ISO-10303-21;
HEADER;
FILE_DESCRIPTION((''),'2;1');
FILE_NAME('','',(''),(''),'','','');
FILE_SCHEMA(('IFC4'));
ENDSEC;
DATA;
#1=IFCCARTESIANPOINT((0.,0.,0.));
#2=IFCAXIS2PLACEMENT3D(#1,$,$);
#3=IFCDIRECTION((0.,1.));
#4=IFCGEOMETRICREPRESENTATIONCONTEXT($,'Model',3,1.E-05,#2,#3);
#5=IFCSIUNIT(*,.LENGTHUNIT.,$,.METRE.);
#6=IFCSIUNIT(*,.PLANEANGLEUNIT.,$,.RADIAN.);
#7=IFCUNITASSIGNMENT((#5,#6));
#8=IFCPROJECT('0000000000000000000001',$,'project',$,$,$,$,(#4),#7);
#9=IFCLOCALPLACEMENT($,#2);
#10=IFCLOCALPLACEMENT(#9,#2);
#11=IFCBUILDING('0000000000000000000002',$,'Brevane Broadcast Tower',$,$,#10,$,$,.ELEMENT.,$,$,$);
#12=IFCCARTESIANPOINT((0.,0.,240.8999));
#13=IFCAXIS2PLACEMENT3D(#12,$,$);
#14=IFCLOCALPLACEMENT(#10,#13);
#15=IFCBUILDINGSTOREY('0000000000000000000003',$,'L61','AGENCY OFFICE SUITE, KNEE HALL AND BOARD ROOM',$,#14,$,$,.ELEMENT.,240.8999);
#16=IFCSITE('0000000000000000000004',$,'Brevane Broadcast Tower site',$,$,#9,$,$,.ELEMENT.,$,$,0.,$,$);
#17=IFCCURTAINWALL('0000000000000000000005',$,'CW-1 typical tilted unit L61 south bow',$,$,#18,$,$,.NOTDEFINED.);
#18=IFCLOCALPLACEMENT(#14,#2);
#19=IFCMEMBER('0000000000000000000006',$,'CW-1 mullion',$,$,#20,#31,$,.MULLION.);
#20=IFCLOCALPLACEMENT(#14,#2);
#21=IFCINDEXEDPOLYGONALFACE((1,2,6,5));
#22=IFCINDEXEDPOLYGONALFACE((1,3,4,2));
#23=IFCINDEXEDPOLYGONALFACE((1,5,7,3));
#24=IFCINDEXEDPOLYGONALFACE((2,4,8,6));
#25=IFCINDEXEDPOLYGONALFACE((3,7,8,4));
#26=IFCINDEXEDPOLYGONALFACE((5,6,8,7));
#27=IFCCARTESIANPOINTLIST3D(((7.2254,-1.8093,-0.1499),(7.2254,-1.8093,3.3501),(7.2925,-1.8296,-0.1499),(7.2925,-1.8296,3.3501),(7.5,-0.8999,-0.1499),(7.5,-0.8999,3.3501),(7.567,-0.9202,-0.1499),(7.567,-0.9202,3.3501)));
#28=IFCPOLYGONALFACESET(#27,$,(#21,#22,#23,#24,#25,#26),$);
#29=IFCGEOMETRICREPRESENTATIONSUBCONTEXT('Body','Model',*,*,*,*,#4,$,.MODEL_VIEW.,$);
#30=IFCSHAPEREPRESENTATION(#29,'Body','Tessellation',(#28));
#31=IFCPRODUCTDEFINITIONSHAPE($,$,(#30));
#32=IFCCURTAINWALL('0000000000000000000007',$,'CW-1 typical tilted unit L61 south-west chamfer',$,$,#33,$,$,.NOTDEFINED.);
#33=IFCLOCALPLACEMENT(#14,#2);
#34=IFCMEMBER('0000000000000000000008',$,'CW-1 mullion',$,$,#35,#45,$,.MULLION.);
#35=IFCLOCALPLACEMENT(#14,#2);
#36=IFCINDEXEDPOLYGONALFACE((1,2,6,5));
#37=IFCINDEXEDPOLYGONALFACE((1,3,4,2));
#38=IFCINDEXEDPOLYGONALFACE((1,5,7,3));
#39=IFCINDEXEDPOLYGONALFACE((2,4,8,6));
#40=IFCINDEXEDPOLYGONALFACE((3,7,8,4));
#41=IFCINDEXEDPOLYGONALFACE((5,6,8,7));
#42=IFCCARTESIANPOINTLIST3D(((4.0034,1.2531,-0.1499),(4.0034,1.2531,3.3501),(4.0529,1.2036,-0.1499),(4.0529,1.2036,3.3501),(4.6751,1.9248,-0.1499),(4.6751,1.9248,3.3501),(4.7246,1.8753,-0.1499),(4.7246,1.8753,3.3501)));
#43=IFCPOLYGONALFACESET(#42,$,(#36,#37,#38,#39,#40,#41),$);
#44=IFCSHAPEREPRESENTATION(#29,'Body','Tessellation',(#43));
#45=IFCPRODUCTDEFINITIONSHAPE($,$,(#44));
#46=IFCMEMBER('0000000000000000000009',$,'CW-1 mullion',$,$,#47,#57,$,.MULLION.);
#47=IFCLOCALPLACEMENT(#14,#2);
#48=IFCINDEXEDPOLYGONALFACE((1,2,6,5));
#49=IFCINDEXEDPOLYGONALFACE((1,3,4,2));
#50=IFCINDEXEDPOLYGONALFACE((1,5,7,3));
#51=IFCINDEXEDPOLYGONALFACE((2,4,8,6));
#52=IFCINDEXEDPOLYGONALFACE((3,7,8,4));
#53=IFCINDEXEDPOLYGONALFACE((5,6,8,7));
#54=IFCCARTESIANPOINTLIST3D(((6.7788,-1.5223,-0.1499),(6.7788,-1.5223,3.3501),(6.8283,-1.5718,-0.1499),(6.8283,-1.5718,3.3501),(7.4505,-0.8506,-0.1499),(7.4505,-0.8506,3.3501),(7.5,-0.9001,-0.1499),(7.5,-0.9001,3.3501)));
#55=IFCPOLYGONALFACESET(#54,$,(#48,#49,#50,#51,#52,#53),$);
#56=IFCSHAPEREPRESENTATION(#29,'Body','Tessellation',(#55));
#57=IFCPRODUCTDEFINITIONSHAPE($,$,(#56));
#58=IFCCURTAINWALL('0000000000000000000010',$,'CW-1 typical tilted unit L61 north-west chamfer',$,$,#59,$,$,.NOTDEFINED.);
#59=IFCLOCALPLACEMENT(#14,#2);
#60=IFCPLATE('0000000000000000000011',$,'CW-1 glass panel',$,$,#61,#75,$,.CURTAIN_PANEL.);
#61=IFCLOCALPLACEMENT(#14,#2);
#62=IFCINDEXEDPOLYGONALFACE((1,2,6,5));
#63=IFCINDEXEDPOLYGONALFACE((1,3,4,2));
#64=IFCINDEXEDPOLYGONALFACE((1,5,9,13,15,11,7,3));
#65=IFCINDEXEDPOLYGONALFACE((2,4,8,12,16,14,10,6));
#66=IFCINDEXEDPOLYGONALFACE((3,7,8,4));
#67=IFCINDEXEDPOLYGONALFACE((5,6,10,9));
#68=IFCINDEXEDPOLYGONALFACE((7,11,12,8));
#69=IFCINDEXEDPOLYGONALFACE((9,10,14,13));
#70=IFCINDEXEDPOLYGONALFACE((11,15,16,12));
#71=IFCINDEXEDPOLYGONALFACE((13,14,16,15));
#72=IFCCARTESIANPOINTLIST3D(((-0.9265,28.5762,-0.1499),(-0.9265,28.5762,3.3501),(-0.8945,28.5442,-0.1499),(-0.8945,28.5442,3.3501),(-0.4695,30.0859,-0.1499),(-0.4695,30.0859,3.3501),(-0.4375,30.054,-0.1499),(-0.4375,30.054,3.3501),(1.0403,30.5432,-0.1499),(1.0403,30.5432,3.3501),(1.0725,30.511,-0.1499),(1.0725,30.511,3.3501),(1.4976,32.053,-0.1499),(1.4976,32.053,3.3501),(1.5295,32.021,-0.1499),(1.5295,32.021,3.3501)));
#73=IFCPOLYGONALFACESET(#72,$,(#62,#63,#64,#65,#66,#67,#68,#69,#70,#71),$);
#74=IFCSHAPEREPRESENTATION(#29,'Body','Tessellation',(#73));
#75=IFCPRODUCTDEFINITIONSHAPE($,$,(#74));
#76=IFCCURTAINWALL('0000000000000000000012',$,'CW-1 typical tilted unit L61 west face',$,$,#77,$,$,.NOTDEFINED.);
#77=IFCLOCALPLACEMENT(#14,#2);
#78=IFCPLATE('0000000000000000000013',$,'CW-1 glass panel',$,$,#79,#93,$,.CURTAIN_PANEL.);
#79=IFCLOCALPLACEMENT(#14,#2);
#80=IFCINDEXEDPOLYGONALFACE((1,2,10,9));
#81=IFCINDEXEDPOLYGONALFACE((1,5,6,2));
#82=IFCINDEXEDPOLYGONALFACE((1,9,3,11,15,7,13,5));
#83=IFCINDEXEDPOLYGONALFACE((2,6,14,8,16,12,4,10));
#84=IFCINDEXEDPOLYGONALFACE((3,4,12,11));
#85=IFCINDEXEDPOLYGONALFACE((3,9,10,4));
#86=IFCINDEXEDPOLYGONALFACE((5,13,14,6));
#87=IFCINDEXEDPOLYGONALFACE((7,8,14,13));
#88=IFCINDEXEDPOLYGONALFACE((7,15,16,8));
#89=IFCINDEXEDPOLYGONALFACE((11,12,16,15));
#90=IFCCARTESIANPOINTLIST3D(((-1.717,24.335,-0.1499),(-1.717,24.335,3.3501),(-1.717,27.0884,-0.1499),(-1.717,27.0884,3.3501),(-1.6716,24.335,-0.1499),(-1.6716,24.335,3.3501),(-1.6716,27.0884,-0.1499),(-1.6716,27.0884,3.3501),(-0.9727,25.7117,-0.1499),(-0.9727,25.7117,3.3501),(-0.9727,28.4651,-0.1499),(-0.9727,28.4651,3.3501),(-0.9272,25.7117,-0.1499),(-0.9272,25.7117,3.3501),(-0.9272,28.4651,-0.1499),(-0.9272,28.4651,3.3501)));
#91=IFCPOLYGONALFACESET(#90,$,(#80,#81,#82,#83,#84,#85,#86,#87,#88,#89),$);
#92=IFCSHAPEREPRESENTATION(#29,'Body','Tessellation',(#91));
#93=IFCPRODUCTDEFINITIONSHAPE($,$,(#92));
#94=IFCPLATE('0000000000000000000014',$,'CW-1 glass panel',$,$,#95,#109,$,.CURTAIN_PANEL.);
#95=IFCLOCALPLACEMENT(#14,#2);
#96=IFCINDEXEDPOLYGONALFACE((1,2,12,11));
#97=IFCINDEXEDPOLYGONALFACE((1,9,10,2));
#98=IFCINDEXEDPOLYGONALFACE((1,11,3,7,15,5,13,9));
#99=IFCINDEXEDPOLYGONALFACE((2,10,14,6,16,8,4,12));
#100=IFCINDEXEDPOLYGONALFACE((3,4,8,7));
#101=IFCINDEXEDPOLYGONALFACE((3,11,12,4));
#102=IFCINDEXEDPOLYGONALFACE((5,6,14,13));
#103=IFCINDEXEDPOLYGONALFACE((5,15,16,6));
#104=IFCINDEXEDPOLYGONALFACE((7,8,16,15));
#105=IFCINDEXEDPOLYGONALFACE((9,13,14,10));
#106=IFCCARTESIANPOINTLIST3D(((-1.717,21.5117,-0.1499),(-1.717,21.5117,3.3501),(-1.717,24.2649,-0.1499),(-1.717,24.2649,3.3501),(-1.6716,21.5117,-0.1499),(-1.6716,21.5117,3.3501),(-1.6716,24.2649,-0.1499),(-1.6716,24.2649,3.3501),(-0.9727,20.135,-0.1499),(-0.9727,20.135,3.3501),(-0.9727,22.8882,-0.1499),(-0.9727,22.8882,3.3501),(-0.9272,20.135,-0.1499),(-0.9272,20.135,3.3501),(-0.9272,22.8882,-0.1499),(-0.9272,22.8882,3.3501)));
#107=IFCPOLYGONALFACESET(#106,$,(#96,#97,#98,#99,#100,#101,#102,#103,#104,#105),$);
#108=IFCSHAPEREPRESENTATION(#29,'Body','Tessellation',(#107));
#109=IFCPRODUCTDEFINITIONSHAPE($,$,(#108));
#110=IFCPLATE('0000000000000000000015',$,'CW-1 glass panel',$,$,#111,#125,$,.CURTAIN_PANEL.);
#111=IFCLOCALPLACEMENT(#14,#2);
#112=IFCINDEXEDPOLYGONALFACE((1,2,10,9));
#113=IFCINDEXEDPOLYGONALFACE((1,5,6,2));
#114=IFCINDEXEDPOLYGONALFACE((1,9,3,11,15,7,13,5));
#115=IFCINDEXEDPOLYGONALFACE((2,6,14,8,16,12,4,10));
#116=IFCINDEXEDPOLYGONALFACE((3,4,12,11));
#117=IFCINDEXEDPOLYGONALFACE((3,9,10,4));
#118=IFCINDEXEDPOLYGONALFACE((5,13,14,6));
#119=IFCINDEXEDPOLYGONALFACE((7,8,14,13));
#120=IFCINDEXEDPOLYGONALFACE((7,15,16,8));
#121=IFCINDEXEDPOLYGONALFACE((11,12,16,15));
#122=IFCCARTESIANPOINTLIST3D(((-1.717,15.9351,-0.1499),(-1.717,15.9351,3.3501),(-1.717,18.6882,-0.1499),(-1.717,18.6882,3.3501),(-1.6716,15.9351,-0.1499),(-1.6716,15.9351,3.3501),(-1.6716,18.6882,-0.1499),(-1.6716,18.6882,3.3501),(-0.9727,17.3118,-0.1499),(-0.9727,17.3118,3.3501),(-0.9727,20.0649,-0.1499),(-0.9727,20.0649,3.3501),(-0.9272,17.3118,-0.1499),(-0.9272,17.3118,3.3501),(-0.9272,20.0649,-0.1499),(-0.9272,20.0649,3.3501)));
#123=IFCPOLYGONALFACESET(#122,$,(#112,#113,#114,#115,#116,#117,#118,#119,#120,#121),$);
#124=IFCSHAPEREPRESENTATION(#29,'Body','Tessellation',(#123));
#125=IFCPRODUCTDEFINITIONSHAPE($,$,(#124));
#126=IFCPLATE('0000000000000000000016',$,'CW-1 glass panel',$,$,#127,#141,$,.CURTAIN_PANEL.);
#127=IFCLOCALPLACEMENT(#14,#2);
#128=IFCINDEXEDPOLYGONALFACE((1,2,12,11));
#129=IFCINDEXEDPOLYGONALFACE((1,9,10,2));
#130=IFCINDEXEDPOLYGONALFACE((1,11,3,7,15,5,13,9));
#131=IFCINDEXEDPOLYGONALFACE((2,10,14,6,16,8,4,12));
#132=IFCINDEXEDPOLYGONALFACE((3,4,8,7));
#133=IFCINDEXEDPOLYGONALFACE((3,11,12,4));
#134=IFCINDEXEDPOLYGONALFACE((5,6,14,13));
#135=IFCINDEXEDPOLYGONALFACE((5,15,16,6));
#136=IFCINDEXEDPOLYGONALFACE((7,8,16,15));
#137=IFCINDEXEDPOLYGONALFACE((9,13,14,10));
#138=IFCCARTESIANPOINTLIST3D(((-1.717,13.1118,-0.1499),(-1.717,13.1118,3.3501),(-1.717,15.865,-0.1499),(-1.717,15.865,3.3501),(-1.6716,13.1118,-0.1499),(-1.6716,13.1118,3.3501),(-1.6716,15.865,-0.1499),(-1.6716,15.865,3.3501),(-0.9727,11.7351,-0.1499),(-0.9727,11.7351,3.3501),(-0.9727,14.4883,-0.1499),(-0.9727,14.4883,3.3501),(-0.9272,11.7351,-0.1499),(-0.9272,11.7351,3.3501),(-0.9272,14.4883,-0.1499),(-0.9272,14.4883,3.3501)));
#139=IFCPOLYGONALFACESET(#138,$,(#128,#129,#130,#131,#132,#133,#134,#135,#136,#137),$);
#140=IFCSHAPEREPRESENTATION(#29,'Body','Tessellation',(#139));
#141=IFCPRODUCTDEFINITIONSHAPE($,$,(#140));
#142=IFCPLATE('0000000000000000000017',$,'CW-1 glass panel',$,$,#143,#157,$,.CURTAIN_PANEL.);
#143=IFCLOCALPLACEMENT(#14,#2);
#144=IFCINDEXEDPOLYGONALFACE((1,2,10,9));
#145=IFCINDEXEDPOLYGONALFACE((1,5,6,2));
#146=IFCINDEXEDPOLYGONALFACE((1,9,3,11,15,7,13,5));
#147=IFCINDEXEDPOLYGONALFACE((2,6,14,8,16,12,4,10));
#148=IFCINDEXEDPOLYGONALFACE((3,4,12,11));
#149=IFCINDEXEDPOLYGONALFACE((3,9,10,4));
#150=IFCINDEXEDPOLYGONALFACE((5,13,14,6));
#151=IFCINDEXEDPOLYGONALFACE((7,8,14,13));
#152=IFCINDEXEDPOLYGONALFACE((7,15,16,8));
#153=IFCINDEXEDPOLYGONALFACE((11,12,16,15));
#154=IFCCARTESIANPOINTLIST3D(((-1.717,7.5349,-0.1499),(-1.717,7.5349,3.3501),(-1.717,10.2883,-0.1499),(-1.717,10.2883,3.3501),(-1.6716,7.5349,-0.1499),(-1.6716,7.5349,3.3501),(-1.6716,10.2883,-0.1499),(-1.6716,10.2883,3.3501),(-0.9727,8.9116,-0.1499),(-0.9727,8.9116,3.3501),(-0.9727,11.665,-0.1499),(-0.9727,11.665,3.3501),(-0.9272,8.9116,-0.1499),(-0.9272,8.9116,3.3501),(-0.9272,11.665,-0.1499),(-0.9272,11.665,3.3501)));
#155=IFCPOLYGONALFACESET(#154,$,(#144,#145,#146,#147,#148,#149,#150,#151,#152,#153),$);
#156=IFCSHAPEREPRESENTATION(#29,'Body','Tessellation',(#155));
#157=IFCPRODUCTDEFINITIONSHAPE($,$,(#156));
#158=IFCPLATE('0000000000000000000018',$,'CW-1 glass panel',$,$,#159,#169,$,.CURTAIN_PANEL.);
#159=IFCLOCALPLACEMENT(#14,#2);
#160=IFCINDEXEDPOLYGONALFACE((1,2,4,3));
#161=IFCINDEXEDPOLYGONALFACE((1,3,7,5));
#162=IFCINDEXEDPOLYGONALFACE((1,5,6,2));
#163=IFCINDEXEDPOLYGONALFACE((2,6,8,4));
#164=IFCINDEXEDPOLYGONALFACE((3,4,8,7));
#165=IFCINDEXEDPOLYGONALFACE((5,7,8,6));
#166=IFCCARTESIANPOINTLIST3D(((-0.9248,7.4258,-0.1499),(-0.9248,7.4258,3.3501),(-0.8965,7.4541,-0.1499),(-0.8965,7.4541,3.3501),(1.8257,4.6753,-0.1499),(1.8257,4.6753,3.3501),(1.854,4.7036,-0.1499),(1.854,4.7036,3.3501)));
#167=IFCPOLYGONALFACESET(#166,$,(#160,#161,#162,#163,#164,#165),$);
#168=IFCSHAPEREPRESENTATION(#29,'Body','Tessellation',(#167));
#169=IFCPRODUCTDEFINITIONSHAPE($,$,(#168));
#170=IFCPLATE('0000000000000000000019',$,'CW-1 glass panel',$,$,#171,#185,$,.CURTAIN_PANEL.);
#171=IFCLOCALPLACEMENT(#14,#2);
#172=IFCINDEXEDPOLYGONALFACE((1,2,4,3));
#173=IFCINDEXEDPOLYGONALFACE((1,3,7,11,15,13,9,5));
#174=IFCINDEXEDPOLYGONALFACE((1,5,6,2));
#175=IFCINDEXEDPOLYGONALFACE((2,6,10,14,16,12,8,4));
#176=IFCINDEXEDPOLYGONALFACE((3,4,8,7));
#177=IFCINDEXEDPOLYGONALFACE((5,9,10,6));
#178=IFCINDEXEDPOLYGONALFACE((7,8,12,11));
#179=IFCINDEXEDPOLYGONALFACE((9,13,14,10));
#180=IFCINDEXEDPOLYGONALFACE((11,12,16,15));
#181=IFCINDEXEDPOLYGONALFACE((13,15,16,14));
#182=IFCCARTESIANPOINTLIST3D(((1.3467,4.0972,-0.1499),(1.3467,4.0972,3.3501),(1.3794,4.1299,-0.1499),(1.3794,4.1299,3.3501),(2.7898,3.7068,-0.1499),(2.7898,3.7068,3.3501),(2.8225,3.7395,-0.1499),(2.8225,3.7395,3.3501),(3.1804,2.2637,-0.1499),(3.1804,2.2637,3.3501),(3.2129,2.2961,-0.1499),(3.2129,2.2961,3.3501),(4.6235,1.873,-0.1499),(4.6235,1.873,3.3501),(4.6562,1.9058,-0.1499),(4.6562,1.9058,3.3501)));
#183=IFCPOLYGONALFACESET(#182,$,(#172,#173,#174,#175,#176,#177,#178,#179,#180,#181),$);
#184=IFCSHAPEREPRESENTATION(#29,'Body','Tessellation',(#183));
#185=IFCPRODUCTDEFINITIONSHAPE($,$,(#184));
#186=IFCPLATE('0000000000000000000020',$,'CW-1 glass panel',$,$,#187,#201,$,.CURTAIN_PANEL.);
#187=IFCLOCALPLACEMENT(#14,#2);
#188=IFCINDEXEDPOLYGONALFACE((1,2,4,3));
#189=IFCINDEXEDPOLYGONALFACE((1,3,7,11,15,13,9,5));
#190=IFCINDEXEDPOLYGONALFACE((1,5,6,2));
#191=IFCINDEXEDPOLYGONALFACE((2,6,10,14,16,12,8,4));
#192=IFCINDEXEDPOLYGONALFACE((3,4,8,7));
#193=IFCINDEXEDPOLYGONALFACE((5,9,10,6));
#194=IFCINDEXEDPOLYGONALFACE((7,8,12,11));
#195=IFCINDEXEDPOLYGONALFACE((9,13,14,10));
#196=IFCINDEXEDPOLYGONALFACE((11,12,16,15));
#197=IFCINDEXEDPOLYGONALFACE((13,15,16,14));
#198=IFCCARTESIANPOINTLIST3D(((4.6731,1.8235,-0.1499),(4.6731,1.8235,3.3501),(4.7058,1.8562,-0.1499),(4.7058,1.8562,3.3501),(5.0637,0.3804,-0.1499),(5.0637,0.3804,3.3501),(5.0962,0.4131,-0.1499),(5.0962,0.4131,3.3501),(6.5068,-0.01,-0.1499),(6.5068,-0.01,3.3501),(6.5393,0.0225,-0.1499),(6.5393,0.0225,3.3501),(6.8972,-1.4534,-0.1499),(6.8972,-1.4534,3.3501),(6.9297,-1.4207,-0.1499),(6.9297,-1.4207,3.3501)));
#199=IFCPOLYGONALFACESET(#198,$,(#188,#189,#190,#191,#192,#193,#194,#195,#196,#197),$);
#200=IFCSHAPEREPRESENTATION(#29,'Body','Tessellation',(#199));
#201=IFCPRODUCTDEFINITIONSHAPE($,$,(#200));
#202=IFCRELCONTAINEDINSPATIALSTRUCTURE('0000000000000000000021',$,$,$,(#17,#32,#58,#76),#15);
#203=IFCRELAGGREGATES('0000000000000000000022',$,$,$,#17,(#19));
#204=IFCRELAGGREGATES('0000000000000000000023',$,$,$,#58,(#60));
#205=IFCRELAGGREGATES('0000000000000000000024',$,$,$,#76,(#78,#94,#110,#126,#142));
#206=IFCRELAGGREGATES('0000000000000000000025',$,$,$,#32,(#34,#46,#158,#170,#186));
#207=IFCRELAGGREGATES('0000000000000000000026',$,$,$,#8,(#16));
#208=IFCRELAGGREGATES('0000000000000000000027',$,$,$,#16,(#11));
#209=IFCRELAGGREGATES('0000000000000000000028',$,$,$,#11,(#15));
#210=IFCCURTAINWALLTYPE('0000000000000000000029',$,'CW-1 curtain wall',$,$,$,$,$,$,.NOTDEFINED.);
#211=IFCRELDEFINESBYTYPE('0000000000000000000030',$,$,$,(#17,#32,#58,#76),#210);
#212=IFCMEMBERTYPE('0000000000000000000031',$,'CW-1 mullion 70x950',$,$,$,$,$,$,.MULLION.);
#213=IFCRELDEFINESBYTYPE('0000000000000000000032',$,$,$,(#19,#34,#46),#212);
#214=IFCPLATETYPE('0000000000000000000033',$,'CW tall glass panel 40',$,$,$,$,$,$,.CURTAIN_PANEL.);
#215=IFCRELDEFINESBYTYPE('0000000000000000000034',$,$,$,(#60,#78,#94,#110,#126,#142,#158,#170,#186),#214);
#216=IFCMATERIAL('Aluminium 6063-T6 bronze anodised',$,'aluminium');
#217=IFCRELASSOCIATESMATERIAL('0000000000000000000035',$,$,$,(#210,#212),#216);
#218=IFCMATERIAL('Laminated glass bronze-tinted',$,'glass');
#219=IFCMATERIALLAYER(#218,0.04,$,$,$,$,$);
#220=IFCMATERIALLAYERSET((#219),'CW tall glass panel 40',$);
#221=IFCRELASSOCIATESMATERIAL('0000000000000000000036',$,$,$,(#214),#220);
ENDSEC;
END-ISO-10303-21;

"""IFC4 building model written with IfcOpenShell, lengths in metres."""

from ifc_helpers import new_model, si_unit, direction, frame, origin, origin_2d, place, context, subcontext, project, spatial, polyline, rectangle, outline, extrude, material, layer, layer_set, material_profile, profile_set, type_object, element, aggregate, save


model = new_model("IFC4")

# Units and contexts
model_context = context("Model", 3, precision=1e-05, world=origin(), true_north=direction((0.0, 1.0)))
body_context = subcontext(model_context, "Body", "Model", "MODEL_VIEW")
ifc_project = project(units=[si_unit("LENGTHUNIT", "METRE"), si_unit("PLANEANGLEUNIT", "RADIAN")], contexts=[model_context])

# Site, building, storey
site_placement = place(None, origin())
site = spatial("IfcSite", under=ifc_project, at=site_placement, Name="Brevane Broadcast Tower site", CompositionType="ELEMENT", RefElevation=0.0)
building_placement = place(site_placement, origin())
building = spatial("IfcBuilding", under=site, at=building_placement, Name="Brevane Broadcast Tower", CompositionType="ELEMENT")
storey_placement = place(building_placement, frame((0.0, 0.0, 240.8999)))
storey = spatial("IfcBuildingStorey", under=building, at=storey_placement, Name="L61", Description="AGENCY OFFICE SUITE, KNEE HALL AND BOARD ROOM", CompositionType="ELEMENT", Elevation=240.8999)

# Curtain wall, member
ifc_material_1 = material(Name="Aluminium 6063-T6 bronze anodised", Category="aluminium")
curtain_wall_type = type_object("IfcCurtainWallType", Name="CW-1 curtain wall", PredefinedType="NOTDEFINED", material=ifc_material_1)
curtain_wall_1_placement = place(storey_placement, origin())
curtain_wall_1 = element("IfcCurtainWall", 1, at=curtain_wall_1_placement, inside=storey, type_object=curtain_wall_type, Name="CW-1 typical tilted unit L61 south bow", PredefinedType="NOTDEFINED")
ifc_material_profile = material_profile(ifc_material_1, rectangle(XDim=0.95, YDim=0.0701, at=origin_2d()), Name="RECT 70x950")
ifc_profile_set = profile_set([ifc_material_profile], Name="Aluminium 6063-T6 bronze anodised")
member_type = type_object("IfcMemberType", Name="CW-1 mullion 70x950", PredefinedType="MULLION", material=ifc_profile_set)
member_1_placement = place(storey_placement, frame((7.3962, -1.3647, -0.1499), z_axis=(0.0, 0.0, 1.0), x_axis=(0.288968, 0.957339, 0.0)))
member_1 = element("IfcMember", 2, at=member_1_placement, type_object=member_type, Name="CW-1 mullion", PredefinedType="MULLION", context=body_context, shape_type="SweptSolid", body=[
    extrude(rectangle(XDim=0.95, YDim=0.0701, at=origin_2d()), origin(), (0.0, 0.0, 1.0), 3.5),
])
aggregate(curtain_wall_1, [member_1])

# Curtain wall, members
curtain_wall_2_placement = place(storey_placement, origin())
curtain_wall_2 = element("IfcCurtainWall", 3, at=curtain_wall_2_placement, inside=storey, type_object=curtain_wall_type, Name="CW-1 typical tilted unit L61 south-west chamfer", PredefinedType="NOTDEFINED")
member_2_placement = place(storey_placement, frame((4.364, 1.5642, -0.1499), z_axis=(0.0, 0.0, 1.0), x_axis=(0.707107, 0.707107, 0.0)))
member_2 = element("IfcMember", 4, at=member_2_placement, type_object=member_type, Name="CW-1 mullion", PredefinedType="MULLION", context=body_context, shape_type="SweptSolid", body=[
    extrude(rectangle(XDim=0.95, YDim=0.0701, at=origin_2d()), origin(), (0.0, 0.0, 1.0), 3.5),
])
member_3_placement = place(storey_placement, frame((7.1394, -1.2112, -0.1499), z_axis=(0.0, 0.0, 1.0), x_axis=(0.707107, 0.707107, 0.0)))
member_3 = element("IfcMember", 5, at=member_3_placement, type_object=member_type, Name="CW-1 mullion", PredefinedType="MULLION", context=body_context, shape_type="SweptSolid", body=[
    extrude(rectangle(XDim=0.95, YDim=0.0701, at=origin_2d()), origin(), (0.0, 0.0, 1.0), 3.5),
])

# Curtain wall, plate
curtain_wall_3_placement = place(storey_placement, origin())
curtain_wall_3 = element("IfcCurtainWall", 6, at=curtain_wall_3_placement, inside=storey, type_object=curtain_wall_type, Name="CW-1 typical tilted unit L61 north-west chamfer", PredefinedType="NOTDEFINED")
ifc_material_2 = material(Name="Laminated glass bronze-tinted", Category="glass")
ifc_layer_1 = layer(ifc_material_2, 0.04)
ifc_layer_set_1 = layer_set([ifc_layer_1], Name="CW tall glass panel 40")
plate_type = type_object("IfcPlateType", Name="CW tall glass panel 40", PredefinedType="CURTAIN_PANEL", material=ifc_layer_set_1)
plate_1_placement = place(storey_placement, frame((0.0, 0.0, -0.1499)))
plate_1 = element("IfcPlate", 7, at=plate_1_placement, type_object=plate_type, Name="CW-1 glass panel", PredefinedType="CURTAIN_PANEL", context=body_context, shape_type="SweptSolid", body=[
    extrude(outline(polyline([(1.5295, 32.021), (1.4976, 32.053), (1.0403, 30.5432), (-0.4695, 30.0859), (-0.9265, 28.5762), (-0.8945, 28.5442), (-0.4375, 30.054), (1.0725, 30.511), (1.5295, 32.021)])), origin(), (0.0, 0.0, 1.0), 3.5),
])
aggregate(curtain_wall_3, [plate_1])

# Curtain wall, plates
curtain_wall_4_placement = place(storey_placement, origin())
curtain_wall_4 = element("IfcCurtainWall", 8, at=curtain_wall_4_placement, inside=storey, type_object=curtain_wall_type, Name="CW-1 typical tilted unit L61 west face", PredefinedType="NOTDEFINED")
plate_2_placement = place(storey_placement, frame((0.0, 0.0, -0.1499)))
plate_2 = element("IfcPlate", 9, at=plate_2_placement, type_object=plate_type, Name="CW-1 glass panel", PredefinedType="CURTAIN_PANEL", context=body_context, shape_type="SweptSolid", body=[
    extrude(outline(polyline([(-0.9272, 28.4651), (-0.9727, 28.4651), (-1.717, 27.0884), (-0.9727, 25.7117), (-1.717, 24.335), (-1.6716, 24.335), (-0.9272, 25.7117), (-1.6716, 27.0884), (-0.9272, 28.4651)])), origin(), (0.0, 0.0, 1.0), 3.5),
])
plate_3_placement = place(storey_placement, frame((0.0, 0.0, -0.1499)))
plate_3 = element("IfcPlate", 10, at=plate_3_placement, type_object=plate_type, Name="CW-1 glass panel", PredefinedType="CURTAIN_PANEL", context=body_context, shape_type="SweptSolid", body=[
    extrude(outline(polyline([(-1.6716, 24.2649), (-1.717, 24.2649), (-0.9727, 22.8882), (-1.717, 21.5117), (-0.9727, 20.135), (-0.9272, 20.135), (-1.6716, 21.5117), (-0.9272, 22.8882), (-1.6716, 24.2649)])), origin(), (0.0, 0.0, 1.0), 3.5),
])
plate_4_placement = place(storey_placement, frame((0.0, 0.0, -0.1499)))
plate_4 = element("IfcPlate", 11, at=plate_4_placement, type_object=plate_type, Name="CW-1 glass panel", PredefinedType="CURTAIN_PANEL", context=body_context, shape_type="SweptSolid", body=[
    extrude(outline(polyline([(-0.9272, 20.0649), (-0.9727, 20.0649), (-1.717, 18.6882), (-0.9727, 17.3118), (-1.717, 15.9351), (-1.6716, 15.9351), (-0.9272, 17.3118), (-1.6716, 18.6882), (-0.9272, 20.0649)])), origin(), (0.0, 0.0, 1.0), 3.5),
])
plate_5_placement = place(storey_placement, frame((0.0, 0.0, -0.1499)))
plate_5 = element("IfcPlate", 12, at=plate_5_placement, type_object=plate_type, Name="CW-1 glass panel", PredefinedType="CURTAIN_PANEL", context=body_context, shape_type="SweptSolid", body=[
    extrude(outline(polyline([(-1.6716, 15.865), (-1.717, 15.865), (-0.9727, 14.4883), (-1.717, 13.1118), (-0.9727, 11.7351), (-0.9272, 11.7351), (-1.6716, 13.1118), (-0.9272, 14.4883), (-1.6716, 15.865)])), origin(), (0.0, 0.0, 1.0), 3.5),
])
plate_6_placement = place(storey_placement, frame((0.0, 0.0, -0.1499)))
plate_6 = element("IfcPlate", 13, at=plate_6_placement, type_object=plate_type, Name="CW-1 glass panel", PredefinedType="CURTAIN_PANEL", context=body_context, shape_type="SweptSolid", body=[
    extrude(outline(polyline([(-0.9272, 11.665), (-0.9727, 11.665), (-1.717, 10.2883), (-0.9727, 8.9116), (-1.717, 7.5349), (-1.6716, 7.5349), (-0.9272, 8.9116), (-1.6716, 10.2883), (-0.9272, 11.665)])), origin(), (0.0, 0.0, 1.0), 3.5),
])
aggregate(curtain_wall_4, [plate_2, plate_3, plate_4, plate_5, plate_6])

# Plates
plate_7_placement = place(storey_placement, frame((0.0, 0.0, -0.1499)))
plate_7 = element("IfcPlate", 14, at=plate_7_placement, type_object=plate_type, Name="CW-1 glass panel", PredefinedType="CURTAIN_PANEL", context=body_context, shape_type="SweptSolid", body=[
    extrude(outline(polyline([(-0.8965, 7.4541), (1.854, 4.7036), (1.8257, 4.6753), (-0.9248, 7.4258), (-0.8965, 7.4541)])), origin(), (0.0, 0.0, 1.0), 3.5),
])
plate_8_placement = place(storey_placement, frame((0.0, 0.0, -0.1499)))
plate_8 = element("IfcPlate", 15, at=plate_8_placement, type_object=plate_type, Name="CW-1 glass panel", PredefinedType="CURTAIN_PANEL", context=body_context, shape_type="SweptSolid", body=[
    extrude(outline(polyline([(1.3794, 4.1299), (1.3467, 4.0972), (2.7898, 3.7068), (3.1804, 2.2637), (4.6235, 1.873), (4.6562, 1.9058), (3.2129, 2.2961), (2.8225, 3.7395), (1.3794, 4.1299)])), origin(), (0.0, 0.0, 1.0), 3.5),
])
plate_9_placement = place(storey_placement, frame((0.0, 0.0, -0.1499)))
plate_9 = element("IfcPlate", 16, at=plate_9_placement, type_object=plate_type, Name="CW-1 glass panel", PredefinedType="CURTAIN_PANEL", context=body_context, shape_type="SweptSolid", body=[
    extrude(outline(polyline([(4.7058, 1.8562), (4.6731, 1.8235), (5.0637, 0.3804), (6.5068, -0.01), (6.8972, -1.4534), (6.9297, -1.4207), (6.5393, 0.0225), (5.0962, 0.4131), (4.7058, 1.8562)])), origin(), (0.0, 0.0, 1.0), 3.5),
])
aggregate(curtain_wall_2, [member_2, member_3, plate_7, plate_8, plate_9])

save(model, "model.ifc")
